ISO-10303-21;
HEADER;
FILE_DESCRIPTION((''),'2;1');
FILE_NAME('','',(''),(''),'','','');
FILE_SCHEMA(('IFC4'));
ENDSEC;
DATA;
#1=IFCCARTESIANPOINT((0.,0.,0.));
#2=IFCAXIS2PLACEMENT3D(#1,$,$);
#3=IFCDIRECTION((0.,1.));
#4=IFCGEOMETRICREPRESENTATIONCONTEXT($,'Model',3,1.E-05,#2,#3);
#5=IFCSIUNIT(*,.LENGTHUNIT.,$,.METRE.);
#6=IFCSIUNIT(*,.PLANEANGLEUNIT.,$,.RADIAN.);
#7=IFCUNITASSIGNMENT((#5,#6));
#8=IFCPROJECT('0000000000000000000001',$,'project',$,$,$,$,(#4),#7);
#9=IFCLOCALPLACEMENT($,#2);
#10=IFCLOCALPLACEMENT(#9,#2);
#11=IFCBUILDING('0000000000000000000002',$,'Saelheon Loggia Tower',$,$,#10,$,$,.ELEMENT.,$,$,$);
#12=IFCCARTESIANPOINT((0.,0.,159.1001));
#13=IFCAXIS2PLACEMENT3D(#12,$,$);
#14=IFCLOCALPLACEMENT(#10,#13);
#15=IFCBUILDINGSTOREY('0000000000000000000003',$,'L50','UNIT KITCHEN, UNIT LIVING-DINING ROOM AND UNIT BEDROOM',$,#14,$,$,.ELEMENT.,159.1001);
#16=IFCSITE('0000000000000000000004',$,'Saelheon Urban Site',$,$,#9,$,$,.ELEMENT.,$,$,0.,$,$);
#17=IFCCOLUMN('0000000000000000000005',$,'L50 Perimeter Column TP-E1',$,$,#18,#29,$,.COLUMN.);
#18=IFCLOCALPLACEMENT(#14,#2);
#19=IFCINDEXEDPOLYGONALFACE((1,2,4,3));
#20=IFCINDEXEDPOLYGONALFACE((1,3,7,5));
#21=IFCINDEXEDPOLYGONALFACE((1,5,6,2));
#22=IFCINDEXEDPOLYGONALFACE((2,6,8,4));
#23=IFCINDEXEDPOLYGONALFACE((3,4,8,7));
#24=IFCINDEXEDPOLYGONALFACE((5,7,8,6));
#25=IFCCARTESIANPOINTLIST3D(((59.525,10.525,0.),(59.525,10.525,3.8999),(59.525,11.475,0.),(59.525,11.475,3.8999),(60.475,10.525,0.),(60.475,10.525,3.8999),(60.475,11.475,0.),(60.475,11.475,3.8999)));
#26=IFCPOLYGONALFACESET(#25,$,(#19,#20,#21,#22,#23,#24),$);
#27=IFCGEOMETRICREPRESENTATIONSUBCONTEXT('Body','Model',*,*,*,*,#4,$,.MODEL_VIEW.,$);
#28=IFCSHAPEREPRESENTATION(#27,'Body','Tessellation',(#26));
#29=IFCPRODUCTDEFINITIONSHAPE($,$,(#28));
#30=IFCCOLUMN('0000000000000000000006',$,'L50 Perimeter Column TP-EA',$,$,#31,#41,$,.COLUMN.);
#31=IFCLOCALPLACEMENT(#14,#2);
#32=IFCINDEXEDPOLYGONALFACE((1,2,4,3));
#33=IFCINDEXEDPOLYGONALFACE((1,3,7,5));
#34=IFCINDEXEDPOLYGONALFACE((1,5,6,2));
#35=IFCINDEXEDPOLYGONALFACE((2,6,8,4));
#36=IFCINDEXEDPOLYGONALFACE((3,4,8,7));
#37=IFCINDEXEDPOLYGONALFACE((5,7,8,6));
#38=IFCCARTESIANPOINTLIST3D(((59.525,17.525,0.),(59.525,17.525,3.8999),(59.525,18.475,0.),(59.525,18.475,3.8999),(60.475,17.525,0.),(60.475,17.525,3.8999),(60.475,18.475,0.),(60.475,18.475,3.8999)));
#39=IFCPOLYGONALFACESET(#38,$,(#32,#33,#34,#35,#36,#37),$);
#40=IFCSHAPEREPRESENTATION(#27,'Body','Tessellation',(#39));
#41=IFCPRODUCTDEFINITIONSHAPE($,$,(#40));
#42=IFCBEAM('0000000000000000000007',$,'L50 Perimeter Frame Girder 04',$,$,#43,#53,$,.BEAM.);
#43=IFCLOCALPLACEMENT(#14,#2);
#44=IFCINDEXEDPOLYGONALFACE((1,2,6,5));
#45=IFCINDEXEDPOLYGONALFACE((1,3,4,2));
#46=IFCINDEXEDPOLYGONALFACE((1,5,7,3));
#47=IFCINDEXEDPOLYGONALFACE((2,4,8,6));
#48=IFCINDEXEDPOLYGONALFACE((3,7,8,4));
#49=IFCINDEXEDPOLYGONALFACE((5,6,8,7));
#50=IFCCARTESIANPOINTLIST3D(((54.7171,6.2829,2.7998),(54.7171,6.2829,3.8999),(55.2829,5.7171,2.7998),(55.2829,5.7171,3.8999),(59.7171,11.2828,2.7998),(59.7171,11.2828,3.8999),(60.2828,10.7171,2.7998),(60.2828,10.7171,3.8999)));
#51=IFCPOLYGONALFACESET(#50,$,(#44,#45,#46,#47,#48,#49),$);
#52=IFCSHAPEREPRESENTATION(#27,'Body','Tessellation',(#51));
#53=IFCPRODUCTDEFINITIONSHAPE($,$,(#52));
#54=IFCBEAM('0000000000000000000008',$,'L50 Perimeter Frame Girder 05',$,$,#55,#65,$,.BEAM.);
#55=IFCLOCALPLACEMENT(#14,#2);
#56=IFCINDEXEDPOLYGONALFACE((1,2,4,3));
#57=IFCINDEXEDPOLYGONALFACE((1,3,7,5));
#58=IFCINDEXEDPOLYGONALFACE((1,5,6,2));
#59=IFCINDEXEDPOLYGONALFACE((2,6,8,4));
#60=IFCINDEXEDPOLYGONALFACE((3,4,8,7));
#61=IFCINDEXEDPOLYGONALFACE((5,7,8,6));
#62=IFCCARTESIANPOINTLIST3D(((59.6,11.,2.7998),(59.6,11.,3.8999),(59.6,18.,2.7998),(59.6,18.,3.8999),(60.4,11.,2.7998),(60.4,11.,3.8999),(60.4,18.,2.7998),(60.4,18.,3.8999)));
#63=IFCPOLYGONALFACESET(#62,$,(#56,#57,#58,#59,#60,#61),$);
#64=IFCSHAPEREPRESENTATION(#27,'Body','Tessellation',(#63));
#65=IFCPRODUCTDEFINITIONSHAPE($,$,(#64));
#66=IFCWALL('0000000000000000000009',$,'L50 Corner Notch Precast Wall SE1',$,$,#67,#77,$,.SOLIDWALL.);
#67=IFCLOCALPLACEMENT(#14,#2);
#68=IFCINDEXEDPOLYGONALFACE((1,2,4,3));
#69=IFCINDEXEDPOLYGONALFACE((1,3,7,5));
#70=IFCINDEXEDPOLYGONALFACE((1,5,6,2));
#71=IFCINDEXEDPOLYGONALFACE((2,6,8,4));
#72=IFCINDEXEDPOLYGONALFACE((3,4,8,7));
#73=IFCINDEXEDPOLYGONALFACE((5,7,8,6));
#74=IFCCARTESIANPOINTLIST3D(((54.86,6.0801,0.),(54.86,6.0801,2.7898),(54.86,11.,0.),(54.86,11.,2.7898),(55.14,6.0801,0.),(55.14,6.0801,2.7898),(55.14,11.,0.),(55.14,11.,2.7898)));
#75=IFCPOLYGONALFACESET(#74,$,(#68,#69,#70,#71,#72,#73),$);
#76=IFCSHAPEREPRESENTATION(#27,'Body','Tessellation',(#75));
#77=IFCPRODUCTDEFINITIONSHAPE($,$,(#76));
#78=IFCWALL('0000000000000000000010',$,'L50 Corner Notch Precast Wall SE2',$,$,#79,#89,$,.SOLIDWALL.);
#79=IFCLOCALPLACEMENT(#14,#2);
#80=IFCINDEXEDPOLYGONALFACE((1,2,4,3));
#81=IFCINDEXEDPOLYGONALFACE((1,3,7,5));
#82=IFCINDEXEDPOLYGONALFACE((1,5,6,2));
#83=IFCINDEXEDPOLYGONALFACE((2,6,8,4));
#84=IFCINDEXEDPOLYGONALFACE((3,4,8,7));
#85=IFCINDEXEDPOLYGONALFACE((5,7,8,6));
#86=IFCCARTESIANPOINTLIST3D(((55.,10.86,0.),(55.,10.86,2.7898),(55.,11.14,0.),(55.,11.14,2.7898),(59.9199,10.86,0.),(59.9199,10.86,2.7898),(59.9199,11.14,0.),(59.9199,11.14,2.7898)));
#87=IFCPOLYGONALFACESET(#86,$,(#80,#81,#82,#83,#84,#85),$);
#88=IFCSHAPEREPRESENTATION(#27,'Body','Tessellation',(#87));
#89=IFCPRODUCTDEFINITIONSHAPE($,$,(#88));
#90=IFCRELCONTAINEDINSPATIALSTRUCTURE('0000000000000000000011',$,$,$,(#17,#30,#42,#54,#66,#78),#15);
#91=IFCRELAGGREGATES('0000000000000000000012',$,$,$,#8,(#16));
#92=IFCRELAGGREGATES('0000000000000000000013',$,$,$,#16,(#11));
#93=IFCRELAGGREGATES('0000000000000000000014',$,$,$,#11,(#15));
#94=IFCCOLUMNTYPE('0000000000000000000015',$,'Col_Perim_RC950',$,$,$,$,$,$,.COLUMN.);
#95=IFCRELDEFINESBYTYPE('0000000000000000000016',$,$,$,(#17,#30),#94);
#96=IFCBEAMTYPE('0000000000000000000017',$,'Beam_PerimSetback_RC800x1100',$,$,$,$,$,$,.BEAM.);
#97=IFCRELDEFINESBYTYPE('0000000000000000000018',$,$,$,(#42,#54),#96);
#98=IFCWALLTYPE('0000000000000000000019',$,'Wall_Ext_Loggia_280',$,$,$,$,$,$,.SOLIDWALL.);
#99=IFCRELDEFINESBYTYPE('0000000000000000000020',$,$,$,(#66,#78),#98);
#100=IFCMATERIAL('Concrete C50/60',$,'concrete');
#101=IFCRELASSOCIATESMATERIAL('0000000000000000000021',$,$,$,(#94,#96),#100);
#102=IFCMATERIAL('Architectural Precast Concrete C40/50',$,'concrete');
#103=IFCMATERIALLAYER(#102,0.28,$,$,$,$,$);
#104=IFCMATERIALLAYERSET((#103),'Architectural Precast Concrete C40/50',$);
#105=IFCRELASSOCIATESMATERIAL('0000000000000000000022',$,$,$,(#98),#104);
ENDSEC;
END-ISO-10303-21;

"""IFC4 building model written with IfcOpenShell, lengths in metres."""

from ifc_helpers import new_model, si_unit, direction, frame, frame_2d, origin, origin_2d, place, context, subcontext, project, spatial, rectangle, extrude, source, transform, mapped, material, layer, layer_set, material_profile, profile_set, type_object, element, save


model = new_model("IFC4")

# Units and contexts
model_context = context("Model", 3, precision=1e-05, world=origin(), true_north=direction((0.0, 1.0)))
body_context = subcontext(model_context, "Body", "Model", "MODEL_VIEW")
ifc_project = project(units=[si_unit("LENGTHUNIT", "METRE"), si_unit("PLANEANGLEUNIT", "RADIAN")], contexts=[model_context])

# Site, building, storey
site_placement = place(None, origin())
site = spatial("IfcSite", under=ifc_project, at=site_placement, Name="Saelheon Urban Site", CompositionType="ELEMENT", RefElevation=0.0)
building_placement = place(site_placement, origin())
building = spatial("IfcBuilding", under=site, at=building_placement, Name="Saelheon Loggia Tower", CompositionType="ELEMENT")
storey_placement = place(building_placement, frame((0.0, 0.0, 159.1001)))
storey = spatial("IfcBuildingStorey", under=building, at=storey_placement, Name="L50", Description="UNIT KITCHEN, UNIT LIVING-DINING ROOM AND UNIT BEDROOM", CompositionType="ELEMENT", Elevation=159.1001)

# Columns
ifc_material_1 = material(Name="Concrete C50/60", Category="concrete")
ifc_material_profile_1 = material_profile(ifc_material_1, rectangle(XDim=0.95, YDim=0.95, at=origin_2d()), Name="RC-950x950")
ifc_profile_set_1 = profile_set([ifc_material_profile_1], Name="Concrete C50/60")
column_type = type_object("IfcColumnType", Name="Col_Perim_RC950", PredefinedType="COLUMN", material=ifc_profile_set_1)
shared_shape_1 = source(origin(), body_context, "Body", "SweptSolid", [
    extrude(rectangle(XDim=0.95, YDim=0.95, at=origin_2d()), origin(), (0.0, 0.0, 1.0), 3.8999),
])
for number, where, z_axis, x_axis, name in (
    (1, (60.0, 11.0, 0.0), (0.0, 0.0, 1.0), (1.0, 0.0, 0.0), "L50 Perimeter Column TP-E1"),
    (2, (60.0, 18.0, 0.0), (0.0, 0.0, 1.0), (1.0, 0.0, 0.0), "L50 Perimeter Column TP-EA"),
):
    element("IfcColumn", number, at=place(storey_placement, frame(where, z_axis=z_axis, x_axis=x_axis)), inside=storey, type_object=column_type, Name=name, PredefinedType="COLUMN", context=body_context, shape_type="MappedRepresentation", body=[
        mapped(shared_shape_1, transform((0.0, 0.0, 0.0), scale=1.0)),
    ])

# Beams
ifc_material_profile_2 = material_profile(ifc_material_1, rectangle(XDim=0.8, YDim=1.1001, at=origin_2d()), Name="RC-800x1100")
ifc_profile_set_2 = profile_set([ifc_material_profile_2], Name="Concrete C50/60")
beam_type = type_object("IfcBeamType", Name="Beam_PerimSetback_RC800x1100", PredefinedType="BEAM", material=ifc_profile_set_2)
shared_shape_2 = source(origin(), body_context, "Body", "SweptSolid", [
    extrude(rectangle(XDim=0.8, YDim=1.1001, at=origin_2d()), origin(), (0.0, 0.0, 1.0), 7.071),
])
beam_1_placement = place(storey_placement, frame((55.0, 6.0, 3.3499), z_axis=(0.707107, 0.707107, 0.0), x_axis=(-0.707107, 0.707107, 0.0)))
element("IfcBeam", 3, at=beam_1_placement, inside=storey, type_object=beam_type, Name="L50 Perimeter Frame Girder 04", PredefinedType="BEAM", context=body_context, shape_type="MappedRepresentation", body=[
    mapped(shared_shape_2, transform((0.0, 0.0, 0.0), scale=1.0)),
])
shared_shape_3 = source(origin(), body_context, "Body", "SweptSolid", [
    extrude(rectangle(XDim=0.8, YDim=1.1001, at=origin_2d()), origin(), (0.0, 0.0, 1.0), 7.0),
])
beam_2_placement = place(storey_placement, frame((60.0, 11.0, 3.3499), z_axis=(0.0, 1.0, 0.0), x_axis=(-1.0, 0.0, 0.0)))
element("IfcBeam", 4, at=beam_2_placement, inside=storey, type_object=beam_type, Name="L50 Perimeter Frame Girder 05", PredefinedType="BEAM", context=body_context, shape_type="MappedRepresentation", body=[
    mapped(shared_shape_3, transform((0.0, 0.0, 0.0), scale=1.0)),
])

# Shared definitions
ifc_material_2 = material(Name="Architectural Precast Concrete C40/50", Category="concrete")
ifc_layer = layer(ifc_material_2, 0.28)
ifc_layer_set = layer_set([ifc_layer], Name="Architectural Precast Concrete C40/50")
wall_type = type_object("IfcWallType", Name="Wall_Ext_Loggia_280", PredefinedType="SOLIDWALL", material=ifc_layer_set)

# Walls
for number, where, z_axis, x_axis, name in (
    (5, (55.0, 6.0801, 0.0), (0.0, 0.0, 1.0), (0.0, 1.0, 0.0), "L50 Corner Notch Precast Wall SE1"),
    (6, (55.0, 11.0, 0.0), (0.0, 0.0, 1.0), (1.0, 0.0, 0.0), "L50 Corner Notch Precast Wall SE2"),
):
    element("IfcWall", number, at=place(storey_placement, frame(where, z_axis=z_axis, x_axis=x_axis)), inside=storey, type_object=wall_type, Name=name, PredefinedType="SOLIDWALL", context=body_context, shape_type="SweptSolid", body=[
        extrude(rectangle(XDim=4.9199, YDim=0.28, at=frame_2d((2.46, 0.0))), origin(), (0.0, 0.0, 1.0), 2.7898),
    ])

save(model, "model.ifc")
